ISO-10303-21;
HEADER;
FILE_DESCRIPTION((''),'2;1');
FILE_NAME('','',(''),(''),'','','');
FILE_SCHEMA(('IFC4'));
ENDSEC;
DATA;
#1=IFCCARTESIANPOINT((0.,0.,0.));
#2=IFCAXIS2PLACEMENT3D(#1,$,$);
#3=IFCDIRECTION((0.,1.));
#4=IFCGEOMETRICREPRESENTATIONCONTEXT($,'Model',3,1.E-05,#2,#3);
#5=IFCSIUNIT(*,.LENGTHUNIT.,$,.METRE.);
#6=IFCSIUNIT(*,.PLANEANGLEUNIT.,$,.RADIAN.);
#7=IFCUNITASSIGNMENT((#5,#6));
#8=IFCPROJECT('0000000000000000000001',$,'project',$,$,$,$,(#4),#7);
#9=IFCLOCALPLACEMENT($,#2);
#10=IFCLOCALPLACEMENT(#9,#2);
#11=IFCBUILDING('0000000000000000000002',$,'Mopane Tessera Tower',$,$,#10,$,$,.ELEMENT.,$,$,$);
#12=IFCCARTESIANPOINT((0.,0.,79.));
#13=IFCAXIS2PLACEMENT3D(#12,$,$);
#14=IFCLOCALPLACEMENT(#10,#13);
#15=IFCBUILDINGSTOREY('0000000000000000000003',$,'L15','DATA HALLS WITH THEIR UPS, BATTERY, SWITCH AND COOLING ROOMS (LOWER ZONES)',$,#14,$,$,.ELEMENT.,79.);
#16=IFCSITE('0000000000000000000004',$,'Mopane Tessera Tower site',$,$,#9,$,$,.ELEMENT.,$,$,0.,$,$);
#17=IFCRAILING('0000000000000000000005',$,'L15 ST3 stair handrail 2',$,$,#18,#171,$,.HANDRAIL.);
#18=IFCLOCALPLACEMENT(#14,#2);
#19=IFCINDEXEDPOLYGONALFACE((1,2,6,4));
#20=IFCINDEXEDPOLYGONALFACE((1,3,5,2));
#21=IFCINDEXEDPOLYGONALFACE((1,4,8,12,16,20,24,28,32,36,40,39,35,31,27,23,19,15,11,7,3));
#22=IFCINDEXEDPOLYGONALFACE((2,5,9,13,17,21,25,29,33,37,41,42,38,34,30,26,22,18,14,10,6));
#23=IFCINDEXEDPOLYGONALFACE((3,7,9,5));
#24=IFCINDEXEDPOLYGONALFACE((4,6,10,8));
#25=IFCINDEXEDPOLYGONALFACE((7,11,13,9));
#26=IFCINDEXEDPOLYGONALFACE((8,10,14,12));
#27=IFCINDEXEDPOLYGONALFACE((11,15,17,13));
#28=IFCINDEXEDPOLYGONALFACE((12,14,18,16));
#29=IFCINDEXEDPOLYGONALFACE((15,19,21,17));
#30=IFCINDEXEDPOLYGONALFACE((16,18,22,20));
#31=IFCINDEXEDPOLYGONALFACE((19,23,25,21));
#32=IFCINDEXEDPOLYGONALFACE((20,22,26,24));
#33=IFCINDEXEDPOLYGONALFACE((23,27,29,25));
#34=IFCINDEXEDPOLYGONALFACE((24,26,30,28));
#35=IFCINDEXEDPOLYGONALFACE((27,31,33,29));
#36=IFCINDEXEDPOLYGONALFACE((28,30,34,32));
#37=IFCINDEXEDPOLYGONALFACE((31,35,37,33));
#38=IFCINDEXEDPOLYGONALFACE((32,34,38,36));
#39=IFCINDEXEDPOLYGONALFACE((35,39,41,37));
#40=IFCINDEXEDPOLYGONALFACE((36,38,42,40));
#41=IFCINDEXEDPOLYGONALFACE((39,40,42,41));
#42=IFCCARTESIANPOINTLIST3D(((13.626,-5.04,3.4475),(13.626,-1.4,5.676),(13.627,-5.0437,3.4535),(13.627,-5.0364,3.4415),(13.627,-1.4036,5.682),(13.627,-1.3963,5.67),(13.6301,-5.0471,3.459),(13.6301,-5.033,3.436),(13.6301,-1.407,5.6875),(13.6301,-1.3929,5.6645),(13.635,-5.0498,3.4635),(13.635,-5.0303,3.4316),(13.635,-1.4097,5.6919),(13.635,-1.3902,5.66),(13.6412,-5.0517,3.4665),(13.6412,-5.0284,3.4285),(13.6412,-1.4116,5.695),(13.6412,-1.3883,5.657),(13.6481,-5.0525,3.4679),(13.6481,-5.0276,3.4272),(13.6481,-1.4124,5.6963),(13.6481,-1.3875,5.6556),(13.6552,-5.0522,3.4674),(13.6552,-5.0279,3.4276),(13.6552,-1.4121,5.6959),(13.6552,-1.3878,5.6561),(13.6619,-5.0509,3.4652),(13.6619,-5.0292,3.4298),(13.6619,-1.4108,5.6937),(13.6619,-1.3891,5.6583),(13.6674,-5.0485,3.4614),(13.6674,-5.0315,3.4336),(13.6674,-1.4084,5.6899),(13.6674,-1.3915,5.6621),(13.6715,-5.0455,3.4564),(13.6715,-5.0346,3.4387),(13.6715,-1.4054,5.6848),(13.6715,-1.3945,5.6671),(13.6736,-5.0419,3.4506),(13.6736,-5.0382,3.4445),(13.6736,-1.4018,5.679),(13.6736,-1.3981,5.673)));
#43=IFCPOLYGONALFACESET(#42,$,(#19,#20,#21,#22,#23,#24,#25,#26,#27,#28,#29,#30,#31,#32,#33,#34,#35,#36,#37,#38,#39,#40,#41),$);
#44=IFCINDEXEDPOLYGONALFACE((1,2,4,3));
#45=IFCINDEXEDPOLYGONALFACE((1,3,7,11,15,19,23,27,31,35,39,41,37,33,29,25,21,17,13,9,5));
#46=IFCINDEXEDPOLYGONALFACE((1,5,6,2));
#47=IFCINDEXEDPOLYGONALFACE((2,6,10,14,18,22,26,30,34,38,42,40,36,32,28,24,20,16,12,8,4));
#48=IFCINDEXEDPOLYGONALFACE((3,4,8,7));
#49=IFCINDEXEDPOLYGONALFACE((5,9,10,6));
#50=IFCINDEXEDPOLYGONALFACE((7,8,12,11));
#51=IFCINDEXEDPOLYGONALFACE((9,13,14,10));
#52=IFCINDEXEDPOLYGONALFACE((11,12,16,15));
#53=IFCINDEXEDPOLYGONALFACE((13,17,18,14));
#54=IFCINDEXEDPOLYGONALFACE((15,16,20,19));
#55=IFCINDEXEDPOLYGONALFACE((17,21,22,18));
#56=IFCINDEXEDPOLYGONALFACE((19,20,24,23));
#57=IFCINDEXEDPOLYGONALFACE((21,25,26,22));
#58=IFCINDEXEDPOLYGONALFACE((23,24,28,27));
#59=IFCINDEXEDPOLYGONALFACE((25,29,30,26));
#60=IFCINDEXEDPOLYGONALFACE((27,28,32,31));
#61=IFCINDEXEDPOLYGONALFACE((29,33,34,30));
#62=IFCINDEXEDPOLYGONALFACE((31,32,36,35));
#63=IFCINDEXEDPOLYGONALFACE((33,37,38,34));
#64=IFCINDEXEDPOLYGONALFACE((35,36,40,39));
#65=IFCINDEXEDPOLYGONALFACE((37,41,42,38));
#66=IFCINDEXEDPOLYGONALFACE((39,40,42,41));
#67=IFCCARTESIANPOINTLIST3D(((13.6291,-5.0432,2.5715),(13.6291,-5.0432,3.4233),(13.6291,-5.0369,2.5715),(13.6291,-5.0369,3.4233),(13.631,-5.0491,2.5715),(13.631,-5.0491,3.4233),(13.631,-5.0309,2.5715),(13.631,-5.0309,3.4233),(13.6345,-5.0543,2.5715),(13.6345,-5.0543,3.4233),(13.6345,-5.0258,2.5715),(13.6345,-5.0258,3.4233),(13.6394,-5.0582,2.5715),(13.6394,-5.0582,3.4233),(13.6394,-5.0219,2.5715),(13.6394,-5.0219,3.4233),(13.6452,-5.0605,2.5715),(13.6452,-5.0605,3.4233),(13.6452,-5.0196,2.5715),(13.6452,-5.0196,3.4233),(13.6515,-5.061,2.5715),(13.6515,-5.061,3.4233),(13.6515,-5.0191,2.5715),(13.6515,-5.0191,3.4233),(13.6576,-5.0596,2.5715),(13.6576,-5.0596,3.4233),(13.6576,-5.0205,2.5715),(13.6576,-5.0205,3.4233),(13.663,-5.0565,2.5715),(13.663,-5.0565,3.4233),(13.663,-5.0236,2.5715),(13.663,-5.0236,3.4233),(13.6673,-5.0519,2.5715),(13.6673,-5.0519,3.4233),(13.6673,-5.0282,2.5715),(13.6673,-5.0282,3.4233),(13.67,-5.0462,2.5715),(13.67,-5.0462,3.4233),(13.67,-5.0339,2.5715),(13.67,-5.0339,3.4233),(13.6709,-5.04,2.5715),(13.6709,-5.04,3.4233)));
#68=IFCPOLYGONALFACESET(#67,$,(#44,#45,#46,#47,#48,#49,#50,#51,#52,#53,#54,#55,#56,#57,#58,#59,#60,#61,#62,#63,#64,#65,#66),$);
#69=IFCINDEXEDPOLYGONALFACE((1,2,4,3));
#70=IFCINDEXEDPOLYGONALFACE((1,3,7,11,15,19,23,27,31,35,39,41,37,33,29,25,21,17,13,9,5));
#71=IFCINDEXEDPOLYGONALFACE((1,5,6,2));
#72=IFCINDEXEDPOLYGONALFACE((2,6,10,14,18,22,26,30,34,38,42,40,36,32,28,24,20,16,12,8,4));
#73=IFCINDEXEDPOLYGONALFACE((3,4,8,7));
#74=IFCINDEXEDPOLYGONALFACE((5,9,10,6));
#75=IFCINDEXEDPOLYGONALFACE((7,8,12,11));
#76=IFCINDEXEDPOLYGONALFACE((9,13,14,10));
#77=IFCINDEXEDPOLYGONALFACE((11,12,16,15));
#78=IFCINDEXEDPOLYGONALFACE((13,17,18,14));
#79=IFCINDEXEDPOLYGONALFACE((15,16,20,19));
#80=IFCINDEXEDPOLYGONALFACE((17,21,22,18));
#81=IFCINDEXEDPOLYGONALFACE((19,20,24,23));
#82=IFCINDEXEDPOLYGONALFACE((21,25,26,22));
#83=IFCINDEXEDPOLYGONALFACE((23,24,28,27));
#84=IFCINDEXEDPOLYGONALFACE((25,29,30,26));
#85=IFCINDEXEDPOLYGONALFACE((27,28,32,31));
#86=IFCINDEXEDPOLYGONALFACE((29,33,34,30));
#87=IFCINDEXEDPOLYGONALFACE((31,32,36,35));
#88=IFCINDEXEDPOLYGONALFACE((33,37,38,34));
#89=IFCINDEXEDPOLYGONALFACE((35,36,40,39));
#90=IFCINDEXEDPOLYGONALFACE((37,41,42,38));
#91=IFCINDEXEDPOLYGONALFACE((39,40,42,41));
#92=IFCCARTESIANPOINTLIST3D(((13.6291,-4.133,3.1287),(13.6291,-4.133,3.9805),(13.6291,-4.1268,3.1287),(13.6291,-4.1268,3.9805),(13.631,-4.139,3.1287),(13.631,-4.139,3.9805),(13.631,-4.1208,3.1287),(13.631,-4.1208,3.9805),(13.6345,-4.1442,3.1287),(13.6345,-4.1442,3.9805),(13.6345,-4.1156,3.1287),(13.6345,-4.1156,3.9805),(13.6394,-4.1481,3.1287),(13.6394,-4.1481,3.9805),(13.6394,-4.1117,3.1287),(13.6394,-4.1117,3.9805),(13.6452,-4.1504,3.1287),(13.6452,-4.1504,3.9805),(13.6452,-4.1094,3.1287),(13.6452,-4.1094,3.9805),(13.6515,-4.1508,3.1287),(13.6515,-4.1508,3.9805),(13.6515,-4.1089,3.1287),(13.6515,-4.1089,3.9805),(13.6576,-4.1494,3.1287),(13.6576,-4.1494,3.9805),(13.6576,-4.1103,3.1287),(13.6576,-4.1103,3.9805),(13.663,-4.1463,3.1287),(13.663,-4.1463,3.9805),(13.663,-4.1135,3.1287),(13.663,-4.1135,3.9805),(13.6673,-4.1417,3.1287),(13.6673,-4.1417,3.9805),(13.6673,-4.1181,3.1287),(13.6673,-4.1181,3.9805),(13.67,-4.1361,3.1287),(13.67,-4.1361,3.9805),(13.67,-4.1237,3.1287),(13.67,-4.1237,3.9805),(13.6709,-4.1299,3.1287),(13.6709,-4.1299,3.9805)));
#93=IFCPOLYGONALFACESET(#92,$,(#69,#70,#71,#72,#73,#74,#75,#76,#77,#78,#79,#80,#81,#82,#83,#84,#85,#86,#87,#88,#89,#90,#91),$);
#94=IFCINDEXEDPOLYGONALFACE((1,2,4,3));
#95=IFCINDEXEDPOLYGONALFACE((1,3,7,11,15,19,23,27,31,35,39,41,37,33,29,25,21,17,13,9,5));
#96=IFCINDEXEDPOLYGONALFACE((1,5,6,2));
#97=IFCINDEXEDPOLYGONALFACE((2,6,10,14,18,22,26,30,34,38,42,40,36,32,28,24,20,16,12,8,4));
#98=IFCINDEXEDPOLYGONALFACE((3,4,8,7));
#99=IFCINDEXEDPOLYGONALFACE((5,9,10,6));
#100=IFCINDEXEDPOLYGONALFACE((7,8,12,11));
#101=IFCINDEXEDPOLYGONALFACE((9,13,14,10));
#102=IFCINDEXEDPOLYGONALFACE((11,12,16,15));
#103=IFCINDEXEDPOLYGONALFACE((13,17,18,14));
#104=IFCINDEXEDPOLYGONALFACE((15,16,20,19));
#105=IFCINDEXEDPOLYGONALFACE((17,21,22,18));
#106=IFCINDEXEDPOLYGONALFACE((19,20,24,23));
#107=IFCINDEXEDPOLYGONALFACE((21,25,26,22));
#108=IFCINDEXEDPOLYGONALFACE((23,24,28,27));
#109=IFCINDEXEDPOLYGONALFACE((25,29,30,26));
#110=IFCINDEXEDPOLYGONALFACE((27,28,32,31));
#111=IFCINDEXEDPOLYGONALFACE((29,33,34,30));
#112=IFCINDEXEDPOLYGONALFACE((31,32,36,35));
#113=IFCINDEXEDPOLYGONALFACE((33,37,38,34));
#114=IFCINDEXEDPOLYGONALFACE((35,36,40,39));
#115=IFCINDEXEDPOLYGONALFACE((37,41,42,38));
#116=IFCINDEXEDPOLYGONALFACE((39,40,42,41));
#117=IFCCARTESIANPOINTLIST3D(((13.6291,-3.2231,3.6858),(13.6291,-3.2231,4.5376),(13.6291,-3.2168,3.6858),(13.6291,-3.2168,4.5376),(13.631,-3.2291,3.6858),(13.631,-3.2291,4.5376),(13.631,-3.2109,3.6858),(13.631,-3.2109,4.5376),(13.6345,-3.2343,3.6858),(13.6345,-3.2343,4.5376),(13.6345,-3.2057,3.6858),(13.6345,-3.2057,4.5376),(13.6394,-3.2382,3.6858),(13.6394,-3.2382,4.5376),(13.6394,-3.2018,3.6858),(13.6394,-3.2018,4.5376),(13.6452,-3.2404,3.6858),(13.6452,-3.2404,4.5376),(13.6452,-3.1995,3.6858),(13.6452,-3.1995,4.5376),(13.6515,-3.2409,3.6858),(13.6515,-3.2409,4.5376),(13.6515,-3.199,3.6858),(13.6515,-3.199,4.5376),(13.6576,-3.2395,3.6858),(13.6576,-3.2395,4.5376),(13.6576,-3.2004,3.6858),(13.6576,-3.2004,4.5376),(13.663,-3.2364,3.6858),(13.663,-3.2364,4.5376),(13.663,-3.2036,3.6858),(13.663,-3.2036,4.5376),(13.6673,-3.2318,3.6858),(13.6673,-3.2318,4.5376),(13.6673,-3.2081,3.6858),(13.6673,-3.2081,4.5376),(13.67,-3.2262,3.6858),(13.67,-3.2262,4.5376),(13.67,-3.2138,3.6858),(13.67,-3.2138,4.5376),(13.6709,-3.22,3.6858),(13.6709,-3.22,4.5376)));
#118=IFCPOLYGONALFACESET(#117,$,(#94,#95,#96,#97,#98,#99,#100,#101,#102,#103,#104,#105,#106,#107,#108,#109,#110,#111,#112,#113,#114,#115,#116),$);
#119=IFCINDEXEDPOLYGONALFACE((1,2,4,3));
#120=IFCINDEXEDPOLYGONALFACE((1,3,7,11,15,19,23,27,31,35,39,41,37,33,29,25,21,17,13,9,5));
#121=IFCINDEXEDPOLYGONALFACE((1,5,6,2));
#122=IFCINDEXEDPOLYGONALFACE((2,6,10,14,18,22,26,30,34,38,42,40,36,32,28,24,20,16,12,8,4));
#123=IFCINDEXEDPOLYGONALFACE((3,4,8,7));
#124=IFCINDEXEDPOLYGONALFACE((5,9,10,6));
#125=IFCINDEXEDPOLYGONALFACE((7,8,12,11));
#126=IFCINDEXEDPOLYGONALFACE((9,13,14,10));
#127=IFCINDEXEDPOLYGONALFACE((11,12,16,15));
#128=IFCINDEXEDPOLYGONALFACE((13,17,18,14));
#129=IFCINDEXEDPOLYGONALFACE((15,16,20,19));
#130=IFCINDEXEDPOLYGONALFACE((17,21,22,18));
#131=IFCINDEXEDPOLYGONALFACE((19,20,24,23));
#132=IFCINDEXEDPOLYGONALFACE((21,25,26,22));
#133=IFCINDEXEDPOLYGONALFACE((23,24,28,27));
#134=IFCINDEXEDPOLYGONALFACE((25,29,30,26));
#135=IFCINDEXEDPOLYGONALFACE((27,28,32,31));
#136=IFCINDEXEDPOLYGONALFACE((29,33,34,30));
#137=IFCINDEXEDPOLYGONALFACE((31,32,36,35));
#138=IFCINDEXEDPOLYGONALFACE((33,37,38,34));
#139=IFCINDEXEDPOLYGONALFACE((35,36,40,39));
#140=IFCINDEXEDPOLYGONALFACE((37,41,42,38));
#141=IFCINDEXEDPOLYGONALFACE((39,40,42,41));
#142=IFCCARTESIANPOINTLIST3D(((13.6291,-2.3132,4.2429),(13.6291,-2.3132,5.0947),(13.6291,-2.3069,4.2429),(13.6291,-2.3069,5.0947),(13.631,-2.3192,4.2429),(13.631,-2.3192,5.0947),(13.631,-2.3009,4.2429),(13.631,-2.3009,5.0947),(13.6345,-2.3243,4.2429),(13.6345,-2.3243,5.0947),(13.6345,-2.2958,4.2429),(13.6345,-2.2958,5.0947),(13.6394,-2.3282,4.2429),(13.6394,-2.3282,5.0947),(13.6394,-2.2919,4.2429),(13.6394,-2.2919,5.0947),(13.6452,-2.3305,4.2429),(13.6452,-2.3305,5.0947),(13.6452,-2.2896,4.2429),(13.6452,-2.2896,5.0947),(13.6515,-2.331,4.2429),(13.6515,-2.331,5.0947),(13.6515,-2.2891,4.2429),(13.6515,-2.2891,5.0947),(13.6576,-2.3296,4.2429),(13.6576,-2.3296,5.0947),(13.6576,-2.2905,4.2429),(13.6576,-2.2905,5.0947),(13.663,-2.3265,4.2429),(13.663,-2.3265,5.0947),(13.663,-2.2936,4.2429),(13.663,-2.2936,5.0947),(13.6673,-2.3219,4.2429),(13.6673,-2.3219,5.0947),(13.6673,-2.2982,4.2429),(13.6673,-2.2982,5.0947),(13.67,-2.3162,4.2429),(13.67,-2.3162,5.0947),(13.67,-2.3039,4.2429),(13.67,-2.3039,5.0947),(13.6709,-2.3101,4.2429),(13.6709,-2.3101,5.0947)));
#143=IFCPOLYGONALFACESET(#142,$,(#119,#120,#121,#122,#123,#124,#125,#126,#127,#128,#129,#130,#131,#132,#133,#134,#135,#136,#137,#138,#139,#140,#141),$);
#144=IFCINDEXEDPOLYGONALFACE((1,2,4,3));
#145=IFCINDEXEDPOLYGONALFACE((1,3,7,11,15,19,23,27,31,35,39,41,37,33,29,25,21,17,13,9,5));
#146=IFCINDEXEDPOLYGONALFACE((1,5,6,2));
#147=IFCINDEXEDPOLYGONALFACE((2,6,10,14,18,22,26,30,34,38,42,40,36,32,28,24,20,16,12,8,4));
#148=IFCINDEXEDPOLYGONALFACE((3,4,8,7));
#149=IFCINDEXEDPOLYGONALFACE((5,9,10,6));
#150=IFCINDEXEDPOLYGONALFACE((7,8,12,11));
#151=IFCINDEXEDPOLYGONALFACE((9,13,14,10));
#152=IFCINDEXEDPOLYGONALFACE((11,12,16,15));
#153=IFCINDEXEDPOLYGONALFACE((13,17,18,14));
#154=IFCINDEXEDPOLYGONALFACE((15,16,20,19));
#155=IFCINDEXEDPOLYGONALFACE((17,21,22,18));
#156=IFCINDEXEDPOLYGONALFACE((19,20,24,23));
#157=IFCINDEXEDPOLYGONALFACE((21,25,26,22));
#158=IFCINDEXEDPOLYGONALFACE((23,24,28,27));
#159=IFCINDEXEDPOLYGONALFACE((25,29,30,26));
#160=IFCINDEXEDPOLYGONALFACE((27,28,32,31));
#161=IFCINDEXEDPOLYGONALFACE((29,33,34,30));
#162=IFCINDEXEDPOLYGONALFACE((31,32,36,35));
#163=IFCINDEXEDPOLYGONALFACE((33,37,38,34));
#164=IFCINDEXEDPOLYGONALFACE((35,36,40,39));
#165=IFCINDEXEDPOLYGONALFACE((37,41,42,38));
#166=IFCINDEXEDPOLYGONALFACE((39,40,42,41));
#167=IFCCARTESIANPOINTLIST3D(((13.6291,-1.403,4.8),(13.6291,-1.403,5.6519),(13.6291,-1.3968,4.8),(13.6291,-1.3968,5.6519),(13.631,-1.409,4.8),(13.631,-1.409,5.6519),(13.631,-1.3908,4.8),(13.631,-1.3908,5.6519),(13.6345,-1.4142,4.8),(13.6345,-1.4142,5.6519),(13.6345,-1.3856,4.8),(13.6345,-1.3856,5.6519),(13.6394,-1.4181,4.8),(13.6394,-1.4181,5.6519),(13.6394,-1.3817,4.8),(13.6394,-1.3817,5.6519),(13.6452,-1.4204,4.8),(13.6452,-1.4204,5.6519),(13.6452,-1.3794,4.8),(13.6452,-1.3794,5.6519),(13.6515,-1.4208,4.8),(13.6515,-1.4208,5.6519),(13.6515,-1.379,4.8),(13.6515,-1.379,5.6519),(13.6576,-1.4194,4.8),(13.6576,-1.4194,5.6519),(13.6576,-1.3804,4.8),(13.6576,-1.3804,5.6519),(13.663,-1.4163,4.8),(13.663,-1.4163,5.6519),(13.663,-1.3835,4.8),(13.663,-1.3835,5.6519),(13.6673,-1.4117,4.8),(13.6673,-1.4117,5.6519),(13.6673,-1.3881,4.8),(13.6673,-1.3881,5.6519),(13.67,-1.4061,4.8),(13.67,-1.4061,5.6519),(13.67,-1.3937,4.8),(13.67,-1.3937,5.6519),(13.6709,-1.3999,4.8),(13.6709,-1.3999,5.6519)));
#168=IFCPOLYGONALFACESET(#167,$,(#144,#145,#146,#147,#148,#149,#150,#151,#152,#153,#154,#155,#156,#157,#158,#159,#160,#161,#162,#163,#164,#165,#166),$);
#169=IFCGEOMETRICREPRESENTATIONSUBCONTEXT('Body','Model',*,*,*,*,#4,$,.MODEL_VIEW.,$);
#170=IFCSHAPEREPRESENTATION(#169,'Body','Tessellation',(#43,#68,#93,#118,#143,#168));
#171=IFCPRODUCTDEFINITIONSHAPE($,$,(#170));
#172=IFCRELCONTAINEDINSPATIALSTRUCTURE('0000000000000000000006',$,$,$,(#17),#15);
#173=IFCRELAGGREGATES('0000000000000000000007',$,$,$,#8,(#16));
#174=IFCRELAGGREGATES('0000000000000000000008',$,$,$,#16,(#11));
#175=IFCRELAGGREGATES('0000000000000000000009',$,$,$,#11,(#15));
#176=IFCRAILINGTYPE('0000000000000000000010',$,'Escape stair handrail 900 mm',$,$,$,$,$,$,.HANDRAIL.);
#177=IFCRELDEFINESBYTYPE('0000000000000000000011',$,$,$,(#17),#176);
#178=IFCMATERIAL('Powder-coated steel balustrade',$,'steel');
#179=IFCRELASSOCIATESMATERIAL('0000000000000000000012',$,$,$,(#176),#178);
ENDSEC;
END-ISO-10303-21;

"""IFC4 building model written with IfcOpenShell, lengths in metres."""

from ifc_helpers import new_model, si_unit, direction, frame, origin, origin_2d, place, context, subcontext, project, spatial, circle, extrude, material, type_object, element, save


model = new_model("IFC4")

# Units and contexts
model_context = context("Model", 3, precision=1e-05, world=origin(), true_north=direction((0.0, 1.0)))
body_context = subcontext(model_context, "Body", "Model", "MODEL_VIEW")
ifc_project = project(units=[si_unit("LENGTHUNIT", "METRE"), si_unit("PLANEANGLEUNIT", "RADIAN")], contexts=[model_context])

# Site, building, storey
site_placement = place(None, origin())
site = spatial("IfcSite", under=ifc_project, at=site_placement, Name="Mopane Tessera Tower site", CompositionType="ELEMENT", RefElevation=0.0)
building_placement = place(site_placement, origin())
building = spatial("IfcBuilding", under=site, at=building_placement, Name="Mopane Tessera Tower", CompositionType="ELEMENT")
storey_placement = place(building_placement, frame((0.0, 0.0, 79.0)))
storey = spatial("IfcBuildingStorey", under=building, at=storey_placement, Name="L15", Description="DATA HALLS WITH THEIR UPS, BATTERY, SWITCH AND COOLING ROOMS (LOWER ZONES)", CompositionType="ELEMENT", Elevation=79.0)

# Railing
ifc_material_1 = material(Name="Powder-coated steel balustrade", Category="steel")
railing_type_1 = type_object("IfcRailingType", Name="Escape stair handrail 900 mm", PredefinedType="HANDRAIL", material=ifc_material_1)
railing_1_placement = place(storey_placement, frame((13.6499, -5.04, 2.5715)))
element("IfcRailing", 1, at=railing_1_placement, inside=storey, type_object=railing_type_1, Name="L15 ST3 stair handrail 2", PredefinedType="HANDRAIL", context=body_context, shape_type="SweptSolid", body=[
    extrude(circle(Radius=0.0239, at=origin_2d()), frame((0.0, 0.0, 0.876), z_axis=(0.0, 0.852866, 0.52213), x_axis=(-1.0, 0.0, 0.0)), (0.0, 0.0, 1.0), 4.2681),
    extrude(circle(Radius=0.021, at=origin_2d()), origin(), (0.0, 0.0, 1.0), 0.8518),
    extrude(circle(Radius=0.021, at=origin_2d()), frame((0.0, 0.9102, 0.5571)), (0.0, 0.0, 1.0), 0.8518),
    extrude(circle(Radius=0.021, at=origin_2d()), frame((0.0, 1.8201, 1.1143)), (0.0, 0.0, 1.0), 0.8518),
    extrude(circle(Radius=0.021, at=origin_2d()), frame((0.0, 2.73, 1.6714)), (0.0, 0.0, 1.0), 0.8518),
    extrude(circle(Radius=0.021, at=origin_2d()), frame((0.0, 3.6401, 2.2285)), (0.0, 0.0, 1.0), 0.8518),
])

save(model, "model.ifc")
